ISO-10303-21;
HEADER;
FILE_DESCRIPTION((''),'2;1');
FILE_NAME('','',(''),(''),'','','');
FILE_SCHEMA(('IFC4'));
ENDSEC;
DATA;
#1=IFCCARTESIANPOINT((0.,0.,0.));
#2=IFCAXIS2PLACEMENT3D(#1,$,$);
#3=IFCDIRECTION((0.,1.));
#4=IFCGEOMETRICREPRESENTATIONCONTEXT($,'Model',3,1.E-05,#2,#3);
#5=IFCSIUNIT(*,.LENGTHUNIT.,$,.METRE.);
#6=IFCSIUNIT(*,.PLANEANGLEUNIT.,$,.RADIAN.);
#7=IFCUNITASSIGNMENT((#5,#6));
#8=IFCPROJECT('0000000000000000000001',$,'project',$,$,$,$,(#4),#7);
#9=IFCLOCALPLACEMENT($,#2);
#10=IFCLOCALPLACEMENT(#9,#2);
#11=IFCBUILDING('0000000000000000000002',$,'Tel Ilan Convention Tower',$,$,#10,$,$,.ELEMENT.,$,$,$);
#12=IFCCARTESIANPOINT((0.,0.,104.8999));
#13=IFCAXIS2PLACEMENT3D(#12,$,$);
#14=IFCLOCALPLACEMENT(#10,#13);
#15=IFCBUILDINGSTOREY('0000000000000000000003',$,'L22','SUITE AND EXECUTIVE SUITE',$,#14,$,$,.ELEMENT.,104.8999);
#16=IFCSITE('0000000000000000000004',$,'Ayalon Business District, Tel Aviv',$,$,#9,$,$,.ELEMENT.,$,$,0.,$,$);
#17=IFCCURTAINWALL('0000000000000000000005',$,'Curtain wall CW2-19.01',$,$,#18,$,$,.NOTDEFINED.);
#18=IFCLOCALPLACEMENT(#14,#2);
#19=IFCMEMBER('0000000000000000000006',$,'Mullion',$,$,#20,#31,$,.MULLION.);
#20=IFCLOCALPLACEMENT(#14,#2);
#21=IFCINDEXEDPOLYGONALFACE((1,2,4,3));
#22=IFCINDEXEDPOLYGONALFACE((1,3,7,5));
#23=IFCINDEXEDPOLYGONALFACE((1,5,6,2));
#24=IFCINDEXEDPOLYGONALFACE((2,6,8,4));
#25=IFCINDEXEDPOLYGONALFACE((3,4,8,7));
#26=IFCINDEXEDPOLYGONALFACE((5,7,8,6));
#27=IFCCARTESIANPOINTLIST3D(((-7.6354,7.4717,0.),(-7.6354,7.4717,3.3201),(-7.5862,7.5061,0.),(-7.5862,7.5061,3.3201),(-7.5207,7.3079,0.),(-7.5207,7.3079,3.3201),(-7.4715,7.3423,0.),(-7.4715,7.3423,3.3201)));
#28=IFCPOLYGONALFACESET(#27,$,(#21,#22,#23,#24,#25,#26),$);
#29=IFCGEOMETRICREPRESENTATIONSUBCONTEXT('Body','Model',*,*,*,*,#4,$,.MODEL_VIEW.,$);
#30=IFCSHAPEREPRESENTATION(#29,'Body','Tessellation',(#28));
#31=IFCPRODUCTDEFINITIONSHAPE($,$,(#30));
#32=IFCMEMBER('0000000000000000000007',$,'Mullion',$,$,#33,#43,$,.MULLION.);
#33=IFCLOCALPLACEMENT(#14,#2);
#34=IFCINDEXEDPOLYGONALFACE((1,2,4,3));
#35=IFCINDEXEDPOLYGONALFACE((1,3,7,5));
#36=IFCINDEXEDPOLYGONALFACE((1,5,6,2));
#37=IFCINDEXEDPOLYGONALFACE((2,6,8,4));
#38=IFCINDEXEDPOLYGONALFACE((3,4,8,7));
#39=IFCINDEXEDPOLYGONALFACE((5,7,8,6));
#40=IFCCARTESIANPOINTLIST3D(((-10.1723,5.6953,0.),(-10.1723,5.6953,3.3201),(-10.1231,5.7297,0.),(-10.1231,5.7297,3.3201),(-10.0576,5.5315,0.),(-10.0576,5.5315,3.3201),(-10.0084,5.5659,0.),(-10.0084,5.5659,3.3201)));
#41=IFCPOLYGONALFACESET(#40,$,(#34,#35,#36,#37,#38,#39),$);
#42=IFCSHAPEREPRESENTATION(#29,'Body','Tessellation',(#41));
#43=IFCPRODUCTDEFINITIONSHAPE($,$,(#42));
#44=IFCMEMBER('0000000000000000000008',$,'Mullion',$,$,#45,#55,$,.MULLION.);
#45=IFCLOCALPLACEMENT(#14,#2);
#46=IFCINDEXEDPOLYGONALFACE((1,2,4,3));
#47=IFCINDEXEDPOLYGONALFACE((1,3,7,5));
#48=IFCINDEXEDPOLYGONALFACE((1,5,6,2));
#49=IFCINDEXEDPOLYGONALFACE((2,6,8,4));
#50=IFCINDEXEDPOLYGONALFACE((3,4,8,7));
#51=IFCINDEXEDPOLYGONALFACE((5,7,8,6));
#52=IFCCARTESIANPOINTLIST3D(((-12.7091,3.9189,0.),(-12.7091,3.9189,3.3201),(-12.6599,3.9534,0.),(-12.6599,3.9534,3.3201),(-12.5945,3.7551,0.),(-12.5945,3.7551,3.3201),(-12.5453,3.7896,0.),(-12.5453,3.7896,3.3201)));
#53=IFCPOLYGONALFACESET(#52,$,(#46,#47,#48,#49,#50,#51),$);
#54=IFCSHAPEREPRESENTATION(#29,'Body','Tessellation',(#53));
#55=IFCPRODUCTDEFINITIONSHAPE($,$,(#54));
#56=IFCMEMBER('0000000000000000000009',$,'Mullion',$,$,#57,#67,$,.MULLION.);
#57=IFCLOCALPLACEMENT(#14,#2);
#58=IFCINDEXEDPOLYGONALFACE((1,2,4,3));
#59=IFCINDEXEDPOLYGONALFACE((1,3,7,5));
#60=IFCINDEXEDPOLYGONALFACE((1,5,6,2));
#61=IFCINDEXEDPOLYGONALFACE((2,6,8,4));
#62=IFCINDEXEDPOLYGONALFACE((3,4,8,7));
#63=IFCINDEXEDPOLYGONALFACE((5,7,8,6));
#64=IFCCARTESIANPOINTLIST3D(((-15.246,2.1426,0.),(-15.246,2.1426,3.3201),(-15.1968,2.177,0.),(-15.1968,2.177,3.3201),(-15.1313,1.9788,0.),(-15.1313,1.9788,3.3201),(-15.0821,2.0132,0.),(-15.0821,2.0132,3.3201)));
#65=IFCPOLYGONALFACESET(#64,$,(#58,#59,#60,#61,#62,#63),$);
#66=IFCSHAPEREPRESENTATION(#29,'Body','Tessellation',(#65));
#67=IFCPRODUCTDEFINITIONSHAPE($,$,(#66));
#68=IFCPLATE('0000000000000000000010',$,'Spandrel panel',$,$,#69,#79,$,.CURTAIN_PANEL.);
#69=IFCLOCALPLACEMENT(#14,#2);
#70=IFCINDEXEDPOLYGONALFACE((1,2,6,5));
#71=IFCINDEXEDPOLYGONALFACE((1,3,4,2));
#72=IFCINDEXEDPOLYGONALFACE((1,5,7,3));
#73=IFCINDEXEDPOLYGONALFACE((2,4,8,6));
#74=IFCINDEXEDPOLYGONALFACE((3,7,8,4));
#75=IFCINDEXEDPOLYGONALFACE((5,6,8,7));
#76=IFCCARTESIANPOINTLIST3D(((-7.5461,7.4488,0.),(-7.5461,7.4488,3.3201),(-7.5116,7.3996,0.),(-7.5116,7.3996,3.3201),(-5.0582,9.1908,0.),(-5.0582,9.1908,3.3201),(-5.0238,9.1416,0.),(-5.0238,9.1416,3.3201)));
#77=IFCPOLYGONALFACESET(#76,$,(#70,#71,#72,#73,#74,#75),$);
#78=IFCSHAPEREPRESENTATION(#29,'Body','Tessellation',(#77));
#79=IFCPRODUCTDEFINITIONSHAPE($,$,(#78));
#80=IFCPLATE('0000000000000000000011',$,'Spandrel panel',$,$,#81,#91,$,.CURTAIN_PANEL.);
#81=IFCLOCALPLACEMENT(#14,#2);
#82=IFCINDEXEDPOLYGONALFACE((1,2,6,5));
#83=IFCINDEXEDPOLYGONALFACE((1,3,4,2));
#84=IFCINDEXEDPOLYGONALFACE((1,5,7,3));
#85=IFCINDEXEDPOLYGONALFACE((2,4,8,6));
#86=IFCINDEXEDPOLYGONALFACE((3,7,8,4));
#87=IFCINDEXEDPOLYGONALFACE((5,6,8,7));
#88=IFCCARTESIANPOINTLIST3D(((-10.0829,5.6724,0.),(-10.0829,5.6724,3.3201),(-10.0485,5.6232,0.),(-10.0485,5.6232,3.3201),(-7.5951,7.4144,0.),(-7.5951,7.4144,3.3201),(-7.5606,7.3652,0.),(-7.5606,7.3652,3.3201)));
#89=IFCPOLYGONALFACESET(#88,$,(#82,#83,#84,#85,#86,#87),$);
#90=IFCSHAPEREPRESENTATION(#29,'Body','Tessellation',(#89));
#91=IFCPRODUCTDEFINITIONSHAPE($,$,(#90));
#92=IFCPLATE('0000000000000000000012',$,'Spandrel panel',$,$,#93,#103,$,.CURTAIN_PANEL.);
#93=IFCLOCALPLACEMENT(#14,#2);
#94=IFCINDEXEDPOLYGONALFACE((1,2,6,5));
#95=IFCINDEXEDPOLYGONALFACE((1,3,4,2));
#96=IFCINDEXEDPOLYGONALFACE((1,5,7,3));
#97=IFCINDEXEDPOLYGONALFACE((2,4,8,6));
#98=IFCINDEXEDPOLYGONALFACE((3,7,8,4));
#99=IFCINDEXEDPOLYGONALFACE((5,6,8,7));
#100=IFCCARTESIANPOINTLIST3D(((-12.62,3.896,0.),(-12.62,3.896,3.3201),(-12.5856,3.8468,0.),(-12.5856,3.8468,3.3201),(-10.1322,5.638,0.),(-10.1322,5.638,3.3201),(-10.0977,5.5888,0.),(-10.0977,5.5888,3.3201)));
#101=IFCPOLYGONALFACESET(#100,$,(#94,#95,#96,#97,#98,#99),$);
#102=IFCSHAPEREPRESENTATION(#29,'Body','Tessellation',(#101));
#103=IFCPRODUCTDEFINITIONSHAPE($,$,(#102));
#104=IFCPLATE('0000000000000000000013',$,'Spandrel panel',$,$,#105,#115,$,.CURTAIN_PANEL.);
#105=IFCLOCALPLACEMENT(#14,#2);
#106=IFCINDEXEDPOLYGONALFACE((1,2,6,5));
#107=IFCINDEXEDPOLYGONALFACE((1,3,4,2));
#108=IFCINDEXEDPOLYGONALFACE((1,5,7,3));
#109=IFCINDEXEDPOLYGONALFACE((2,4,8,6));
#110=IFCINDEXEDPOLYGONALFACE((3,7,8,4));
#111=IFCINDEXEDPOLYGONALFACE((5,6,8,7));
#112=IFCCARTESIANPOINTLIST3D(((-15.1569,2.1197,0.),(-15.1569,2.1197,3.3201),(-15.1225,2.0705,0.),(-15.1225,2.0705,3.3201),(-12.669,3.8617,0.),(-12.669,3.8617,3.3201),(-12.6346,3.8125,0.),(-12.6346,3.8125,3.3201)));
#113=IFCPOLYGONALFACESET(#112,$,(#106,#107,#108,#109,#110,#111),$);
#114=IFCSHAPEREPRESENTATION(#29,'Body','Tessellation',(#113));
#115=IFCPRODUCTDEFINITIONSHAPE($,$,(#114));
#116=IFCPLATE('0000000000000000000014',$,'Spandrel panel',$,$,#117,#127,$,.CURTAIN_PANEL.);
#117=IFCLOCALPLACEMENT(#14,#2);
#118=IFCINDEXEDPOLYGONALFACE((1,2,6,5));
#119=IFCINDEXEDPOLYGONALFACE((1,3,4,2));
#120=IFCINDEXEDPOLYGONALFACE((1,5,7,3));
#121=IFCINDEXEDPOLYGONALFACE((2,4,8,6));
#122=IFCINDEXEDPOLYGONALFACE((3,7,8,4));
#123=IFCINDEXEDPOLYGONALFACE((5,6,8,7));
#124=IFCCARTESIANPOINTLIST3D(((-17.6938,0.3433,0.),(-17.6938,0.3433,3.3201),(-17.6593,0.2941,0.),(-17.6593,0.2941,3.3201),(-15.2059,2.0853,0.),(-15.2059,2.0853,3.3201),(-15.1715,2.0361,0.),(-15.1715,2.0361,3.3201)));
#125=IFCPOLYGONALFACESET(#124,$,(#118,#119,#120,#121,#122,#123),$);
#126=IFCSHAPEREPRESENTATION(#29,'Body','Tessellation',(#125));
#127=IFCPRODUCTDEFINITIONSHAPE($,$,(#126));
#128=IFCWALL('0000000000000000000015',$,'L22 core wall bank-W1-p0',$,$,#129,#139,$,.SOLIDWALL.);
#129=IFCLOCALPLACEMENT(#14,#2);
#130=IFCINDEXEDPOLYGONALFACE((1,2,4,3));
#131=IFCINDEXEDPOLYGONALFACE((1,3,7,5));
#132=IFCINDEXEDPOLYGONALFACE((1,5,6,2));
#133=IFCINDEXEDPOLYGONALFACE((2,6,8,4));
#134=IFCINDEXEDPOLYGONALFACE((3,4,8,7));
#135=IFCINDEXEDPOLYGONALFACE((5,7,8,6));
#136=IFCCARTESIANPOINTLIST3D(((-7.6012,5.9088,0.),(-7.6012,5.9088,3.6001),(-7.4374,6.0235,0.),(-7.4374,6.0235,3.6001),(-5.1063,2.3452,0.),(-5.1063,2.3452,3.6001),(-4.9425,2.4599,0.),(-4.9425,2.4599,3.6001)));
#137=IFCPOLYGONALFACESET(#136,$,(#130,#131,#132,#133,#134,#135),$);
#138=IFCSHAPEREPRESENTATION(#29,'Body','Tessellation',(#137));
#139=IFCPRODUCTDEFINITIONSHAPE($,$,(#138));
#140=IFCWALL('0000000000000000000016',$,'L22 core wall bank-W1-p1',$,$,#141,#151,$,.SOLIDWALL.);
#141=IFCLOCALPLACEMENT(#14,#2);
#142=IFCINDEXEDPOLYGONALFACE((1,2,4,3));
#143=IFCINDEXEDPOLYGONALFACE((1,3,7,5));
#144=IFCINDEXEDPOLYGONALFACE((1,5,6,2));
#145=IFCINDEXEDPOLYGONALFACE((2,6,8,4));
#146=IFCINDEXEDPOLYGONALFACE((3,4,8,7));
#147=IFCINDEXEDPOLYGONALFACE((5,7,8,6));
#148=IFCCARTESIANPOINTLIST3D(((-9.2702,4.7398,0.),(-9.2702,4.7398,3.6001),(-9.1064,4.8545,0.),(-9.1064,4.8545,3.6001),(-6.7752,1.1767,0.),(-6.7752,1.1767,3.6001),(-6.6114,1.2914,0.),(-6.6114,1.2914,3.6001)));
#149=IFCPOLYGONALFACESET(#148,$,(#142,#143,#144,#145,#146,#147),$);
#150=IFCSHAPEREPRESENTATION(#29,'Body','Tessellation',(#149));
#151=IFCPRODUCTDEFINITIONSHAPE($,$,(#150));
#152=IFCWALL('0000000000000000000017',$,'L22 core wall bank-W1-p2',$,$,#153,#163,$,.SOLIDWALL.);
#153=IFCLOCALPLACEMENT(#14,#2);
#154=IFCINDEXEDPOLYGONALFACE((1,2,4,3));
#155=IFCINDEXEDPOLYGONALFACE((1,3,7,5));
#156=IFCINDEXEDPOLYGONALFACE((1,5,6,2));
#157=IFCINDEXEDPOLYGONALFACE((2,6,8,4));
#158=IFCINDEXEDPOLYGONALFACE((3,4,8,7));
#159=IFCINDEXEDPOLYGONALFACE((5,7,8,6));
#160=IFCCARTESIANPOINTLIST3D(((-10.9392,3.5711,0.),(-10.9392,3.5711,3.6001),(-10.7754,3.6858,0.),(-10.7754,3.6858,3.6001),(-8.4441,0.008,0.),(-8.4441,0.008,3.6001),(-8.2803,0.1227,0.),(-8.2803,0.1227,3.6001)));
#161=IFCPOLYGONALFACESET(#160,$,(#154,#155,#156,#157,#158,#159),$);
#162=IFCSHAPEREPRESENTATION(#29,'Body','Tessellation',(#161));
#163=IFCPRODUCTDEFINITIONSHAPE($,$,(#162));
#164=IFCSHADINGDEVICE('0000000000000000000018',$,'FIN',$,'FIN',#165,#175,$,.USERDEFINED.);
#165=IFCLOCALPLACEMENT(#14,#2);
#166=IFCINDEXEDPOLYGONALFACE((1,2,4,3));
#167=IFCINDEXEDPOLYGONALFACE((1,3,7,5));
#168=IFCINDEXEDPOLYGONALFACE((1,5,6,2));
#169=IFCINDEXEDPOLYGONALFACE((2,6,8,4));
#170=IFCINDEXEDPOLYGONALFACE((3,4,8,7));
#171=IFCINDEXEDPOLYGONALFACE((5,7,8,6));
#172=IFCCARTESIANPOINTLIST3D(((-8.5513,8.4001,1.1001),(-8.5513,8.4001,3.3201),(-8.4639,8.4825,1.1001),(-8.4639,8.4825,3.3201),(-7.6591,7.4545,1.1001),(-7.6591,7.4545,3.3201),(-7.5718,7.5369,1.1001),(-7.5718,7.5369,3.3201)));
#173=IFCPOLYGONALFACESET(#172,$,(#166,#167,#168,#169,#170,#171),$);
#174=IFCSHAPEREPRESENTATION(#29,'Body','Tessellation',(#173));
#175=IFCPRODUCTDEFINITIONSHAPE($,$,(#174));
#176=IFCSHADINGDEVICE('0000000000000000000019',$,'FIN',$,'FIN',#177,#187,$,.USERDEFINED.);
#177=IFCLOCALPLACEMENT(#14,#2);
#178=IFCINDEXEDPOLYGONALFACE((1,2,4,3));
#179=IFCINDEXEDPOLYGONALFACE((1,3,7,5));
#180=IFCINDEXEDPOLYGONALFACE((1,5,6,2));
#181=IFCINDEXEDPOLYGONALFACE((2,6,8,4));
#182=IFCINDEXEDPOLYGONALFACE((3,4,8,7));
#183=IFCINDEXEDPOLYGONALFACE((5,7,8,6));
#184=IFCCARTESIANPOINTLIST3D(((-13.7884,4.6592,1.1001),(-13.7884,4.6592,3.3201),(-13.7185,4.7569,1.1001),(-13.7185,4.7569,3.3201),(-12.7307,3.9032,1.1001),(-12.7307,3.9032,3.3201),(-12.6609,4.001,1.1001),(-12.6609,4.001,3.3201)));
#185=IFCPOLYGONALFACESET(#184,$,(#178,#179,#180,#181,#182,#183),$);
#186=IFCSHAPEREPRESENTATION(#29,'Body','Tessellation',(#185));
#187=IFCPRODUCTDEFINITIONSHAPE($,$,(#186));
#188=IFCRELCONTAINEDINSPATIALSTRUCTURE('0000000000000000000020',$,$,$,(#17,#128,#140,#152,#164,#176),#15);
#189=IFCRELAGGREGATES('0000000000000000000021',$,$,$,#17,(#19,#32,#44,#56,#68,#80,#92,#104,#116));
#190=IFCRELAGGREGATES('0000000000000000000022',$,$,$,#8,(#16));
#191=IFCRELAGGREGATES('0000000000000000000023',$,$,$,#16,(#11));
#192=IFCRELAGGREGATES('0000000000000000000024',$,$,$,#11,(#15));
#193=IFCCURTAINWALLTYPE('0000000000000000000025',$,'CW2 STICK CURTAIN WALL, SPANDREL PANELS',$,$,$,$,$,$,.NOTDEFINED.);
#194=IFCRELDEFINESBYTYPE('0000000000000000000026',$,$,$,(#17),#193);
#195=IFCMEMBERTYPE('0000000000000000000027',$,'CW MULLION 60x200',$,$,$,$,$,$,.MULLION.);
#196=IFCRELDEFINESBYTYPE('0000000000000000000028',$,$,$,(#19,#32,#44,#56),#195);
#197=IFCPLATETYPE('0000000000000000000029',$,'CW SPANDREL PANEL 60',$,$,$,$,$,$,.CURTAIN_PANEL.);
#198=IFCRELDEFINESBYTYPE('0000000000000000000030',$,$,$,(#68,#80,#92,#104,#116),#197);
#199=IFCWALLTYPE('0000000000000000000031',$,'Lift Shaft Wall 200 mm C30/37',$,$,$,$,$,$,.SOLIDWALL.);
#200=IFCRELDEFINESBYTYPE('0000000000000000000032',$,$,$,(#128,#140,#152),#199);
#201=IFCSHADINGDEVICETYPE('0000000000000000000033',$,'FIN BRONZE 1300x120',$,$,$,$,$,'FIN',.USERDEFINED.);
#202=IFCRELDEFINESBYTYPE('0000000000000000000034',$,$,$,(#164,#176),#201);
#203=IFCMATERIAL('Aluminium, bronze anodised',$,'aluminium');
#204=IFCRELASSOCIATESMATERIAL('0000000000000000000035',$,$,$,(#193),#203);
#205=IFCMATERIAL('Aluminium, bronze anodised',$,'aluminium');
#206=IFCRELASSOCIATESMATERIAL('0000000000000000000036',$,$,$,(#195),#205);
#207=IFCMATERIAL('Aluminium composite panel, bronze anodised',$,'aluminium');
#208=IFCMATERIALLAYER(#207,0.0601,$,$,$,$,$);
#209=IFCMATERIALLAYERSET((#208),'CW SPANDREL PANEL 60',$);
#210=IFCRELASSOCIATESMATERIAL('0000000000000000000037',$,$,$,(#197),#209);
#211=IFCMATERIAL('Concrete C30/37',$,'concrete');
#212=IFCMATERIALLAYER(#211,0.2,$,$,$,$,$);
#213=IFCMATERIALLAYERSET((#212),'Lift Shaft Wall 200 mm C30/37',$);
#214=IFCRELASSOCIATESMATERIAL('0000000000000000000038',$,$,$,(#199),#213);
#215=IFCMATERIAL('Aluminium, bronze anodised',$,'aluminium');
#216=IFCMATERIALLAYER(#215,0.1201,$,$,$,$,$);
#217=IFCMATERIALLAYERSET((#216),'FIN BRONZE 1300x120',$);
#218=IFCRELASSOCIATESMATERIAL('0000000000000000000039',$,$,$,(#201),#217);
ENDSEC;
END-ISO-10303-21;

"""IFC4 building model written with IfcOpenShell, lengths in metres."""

from ifc_helpers import new_model, si_unit, direction, frame, frame_2d, origin, origin_2d, place, context, subcontext, project, spatial, rectangle, extrude, material, layer, layer_set, material_profile, profile_set, type_object, element, aggregate, save


model = new_model("IFC4")

# Units and contexts
model_context = context("Model", 3, precision=1e-05, world=origin(), true_north=direction((0.0, 1.0)))
body_context = subcontext(model_context, "Body", "Model", "MODEL_VIEW")
ifc_project = project(units=[si_unit("LENGTHUNIT", "METRE"), si_unit("PLANEANGLEUNIT", "RADIAN")], contexts=[model_context])

# Site, building, storey
site_placement = place(None, origin())
site = spatial("IfcSite", under=ifc_project, at=site_placement, Name="Ayalon Business District, Tel Aviv", CompositionType="ELEMENT", RefElevation=0.0)
building_placement = place(site_placement, origin())
building = spatial("IfcBuilding", under=site, at=building_placement, Name="Tel Ilan Convention Tower", CompositionType="ELEMENT")
storey_placement = place(building_placement, frame((0.0, 0.0, 104.8999)))
storey = spatial("IfcBuildingStorey", under=building, at=storey_placement, Name="L22", Description="SUITE AND EXECUTIVE SUITE", CompositionType="ELEMENT", Elevation=104.8999)

# Curtain wall, members, plates
ifc_material_1 = material(Name="Aluminium, bronze anodised", Category="aluminium")
curtain_wall_type = type_object("IfcCurtainWallType", Name="CW2 STICK CURTAIN WALL, SPANDREL PANELS", PredefinedType="NOTDEFINED", material=ifc_material_1)
curtain_wall_placement = place(storey_placement, origin())
curtain_wall = element("IfcCurtainWall", 1, at=curtain_wall_placement, inside=storey, type_object=curtain_wall_type, Name="Curtain wall CW2-19.01", PredefinedType="NOTDEFINED")
ifc_material_2 = material(Name="Aluminium, bronze anodised", Category="aluminium")
ifc_material_profile = material_profile(ifc_material_2, rectangle(XDim=0.0601, YDim=0.2, at=origin_2d()), Name="CW MULLION 60x200")
ifc_profile_set = profile_set([ifc_material_profile], Name="Aluminium, bronze anodised")
member_type = type_object("IfcMemberType", Name="CW MULLION 60x200", PredefinedType="MULLION", material=ifc_profile_set)
member_1_placement = place(storey_placement, frame((-7.5535, 7.407, 0.0), z_axis=(0.0, 0.0, 1.0), x_axis=(-0.819152, -0.573576, 0.0)))
member_1 = element("IfcMember", 2, at=member_1_placement, type_object=member_type, Name="Mullion", PredefinedType="MULLION", context=body_context, shape_type="SweptSolid", body=[
    extrude(rectangle(XDim=0.0601, YDim=0.2, at=origin_2d()), origin(), (0.0, 0.0, 1.0), 3.3201),
])
member_2_placement = place(storey_placement, frame((-10.0903, 5.6306, 0.0), z_axis=(0.0, 0.0, 1.0), x_axis=(-0.819152, -0.573576, 0.0)))
member_2 = element("IfcMember", 3, at=member_2_placement, type_object=member_type, Name="Mullion", PredefinedType="MULLION", context=body_context, shape_type="SweptSolid", body=[
    extrude(rectangle(XDim=0.0601, YDim=0.2, at=origin_2d()), origin(), (0.0, 0.0, 1.0), 3.3201),
])
member_3_placement = place(storey_placement, frame((-12.6272, 3.8542, 0.0), z_axis=(0.0, 0.0, 1.0), x_axis=(-0.819152, -0.573576, 0.0)))
member_3 = element("IfcMember", 4, at=member_3_placement, type_object=member_type, Name="Mullion", PredefinedType="MULLION", context=body_context, shape_type="SweptSolid", body=[
    extrude(rectangle(XDim=0.0601, YDim=0.2, at=origin_2d()), origin(), (0.0, 0.0, 1.0), 3.3201),
])
member_4_placement = place(storey_placement, frame((-15.1641, 2.0779, 0.0), z_axis=(0.0, 0.0, 1.0), x_axis=(-0.819152, -0.573576, 0.0)))
member_4 = element("IfcMember", 5, at=member_4_placement, type_object=member_type, Name="Mullion", PredefinedType="MULLION", context=body_context, shape_type="SweptSolid", body=[
    extrude(rectangle(XDim=0.0601, YDim=0.2, at=origin_2d()), origin(), (0.0, 0.0, 1.0), 3.3201),
])
ifc_material_3 = material(Name="Aluminium composite panel, bronze anodised", Category="aluminium")
ifc_layer_1 = layer(ifc_material_3, 0.0601)
ifc_layer_set_1 = layer_set([ifc_layer_1], Name="CW SPANDREL PANEL 60")
plate_type = type_object("IfcPlateType", Name="CW SPANDREL PANEL 60", PredefinedType="CURTAIN_PANEL", material=ifc_layer_set_1)
plate_1_placement = place(storey_placement, frame((-6.2849, 8.2952, 0.0), z_axis=(0.0, 0.0, 1.0), x_axis=(-0.819152, -0.573576, 0.0)))
plate_1 = element("IfcPlate", 6, at=plate_1_placement, type_object=plate_type, Name="Spandrel panel", PredefinedType="CURTAIN_PANEL", context=body_context, shape_type="SweptSolid", body=[
    extrude(rectangle(XDim=3.0371, YDim=0.0601, at=origin_2d()), origin(), (0.0, 0.0, 1.0), 3.3201),
])
plate_2_placement = place(storey_placement, frame((-8.8218, 6.5188, 0.0), z_axis=(0.0, 0.0, 1.0), x_axis=(-0.819152, -0.573576, 0.0)))
plate_2 = element("IfcPlate", 7, at=plate_2_placement, type_object=plate_type, Name="Spandrel panel", PredefinedType="CURTAIN_PANEL", context=body_context, shape_type="SweptSolid", body=[
    extrude(rectangle(XDim=3.0371, YDim=0.0601, at=origin_2d()), origin(), (0.0, 0.0, 1.0), 3.3201),
])
plate_3_placement = place(storey_placement, frame((-11.3589, 4.7424, 0.0), z_axis=(0.0, 0.0, 1.0), x_axis=(-0.819152, -0.573576, 0.0)))
plate_3 = element("IfcPlate", 8, at=plate_3_placement, type_object=plate_type, Name="Spandrel panel", PredefinedType="CURTAIN_PANEL", context=body_context, shape_type="SweptSolid", body=[
    extrude(rectangle(XDim=3.0371, YDim=0.0601, at=origin_2d()), origin(), (0.0, 0.0, 1.0), 3.3201),
])
plate_4_placement = place(storey_placement, frame((-13.8958, 2.9661, 0.0), z_axis=(0.0, 0.0, 1.0), x_axis=(-0.819152, -0.573576, 0.0)))
plate_4 = element("IfcPlate", 9, at=plate_4_placement, type_object=plate_type, Name="Spandrel panel", PredefinedType="CURTAIN_PANEL", context=body_context, shape_type="SweptSolid", body=[
    extrude(rectangle(XDim=3.0371, YDim=0.0601, at=origin_2d()), origin(), (0.0, 0.0, 1.0), 3.3201),
])
plate_5_placement = place(storey_placement, frame((-16.4326, 1.1897, 0.0), z_axis=(0.0, 0.0, 1.0), x_axis=(-0.819152, -0.573576, 0.0)))
plate_5 = element("IfcPlate", 10, at=plate_5_placement, type_object=plate_type, Name="Spandrel panel", PredefinedType="CURTAIN_PANEL", context=body_context, shape_type="SweptSolid", body=[
    extrude(rectangle(XDim=3.0371, YDim=0.0601, at=origin_2d()), origin(), (0.0, 0.0, 1.0), 3.3201),
])
aggregate(curtain_wall, [member_1, member_2, member_3, member_4, plate_1, plate_2, plate_3, plate_4, plate_5])

# Walls
ifc_material_4 = material(Name="Concrete C30/37", Category="concrete")
ifc_layer_2 = layer(ifc_material_4, 0.2)
ifc_layer_set_2 = layer_set([ifc_layer_2], Name="Lift Shaft Wall 200 mm C30/37")
wall_type = type_object("IfcWallType", Name="Lift Shaft Wall 200 mm C30/37", PredefinedType="SOLIDWALL", material=ifc_layer_set_2)
wall_placement = place(storey_placement, frame((-5.0244, 2.4026, 0.0), z_axis=(0.0, 0.0, 1.0), x_axis=(-0.57353, 0.819184, 0.0)))
element("IfcWall", 11, at=wall_placement, inside=storey, type_object=wall_type, Name="L22 core wall bank-W1-p0", PredefinedType="SOLIDWALL", context=body_context, shape_type="SweptSolid", body=[
    extrude(rectangle(XDim=4.3501, YDim=0.2, at=frame_2d((2.175, 0.0))), origin(), (0.0, 0.0, 1.0), 3.6001),
])
for number, where, z_axis, x_axis, name in (
    (12, (-6.6934, 1.2341, 0.0), (0.0, 0.0, 1.0), (-0.573594, 0.81914, 0.0), "L22 core wall bank-W1-p1"),
    (13, (-8.3623, 0.0654, 0.0), (0.0, 0.0, 1.0), (-0.573594, 0.81914, 0.0), "L22 core wall bank-W1-p2"),
):
    element("IfcWall", number, at=place(storey_placement, frame(where, z_axis=z_axis, x_axis=x_axis)), inside=storey, type_object=wall_type, Name=name, PredefinedType="SOLIDWALL", context=body_context, shape_type="SweptSolid", body=[
        extrude(rectangle(XDim=4.3499, YDim=0.2, at=frame_2d((2.1748, 0.0))), origin(), (0.0, 0.0, 1.0), 3.6001),
    ])

# Shading devices
ifc_material_5 = material(Name="Aluminium, bronze anodised", Category="aluminium")
ifc_layer_3 = layer(ifc_material_5, 0.1201)
ifc_layer_set_3 = layer_set([ifc_layer_3], Name="FIN BRONZE 1300x120")
shading_device_type = type_object("IfcShadingDeviceType", Name="FIN BRONZE 1300x120", ElementType="FIN", PredefinedType="USERDEFINED", material=ifc_layer_set_3)
for number, where, z_axis, x_axis, name in (
    (14, (-8.0615, 7.9685, 1.1001), (0.0, 0.0, 1.0), (-0.686242, 0.727374, 0.0), "FIN"),
    (15, (-13.2246, 4.3301, 1.1001), (0.0, 0.0, 1.0), (-0.813552, 0.581492, 0.0), "FIN"),
):
    element("IfcShadingDevice", number, at=place(storey_placement, frame(where, z_axis=z_axis, x_axis=x_axis)), inside=storey, type_object=shading_device_type, Name=name, ObjectType="FIN", PredefinedType="USERDEFINED", context=body_context, shape_type="SweptSolid", body=[
        extrude(rectangle(XDim=1.3, YDim=0.1201, at=origin_2d()), origin(), (0.0, 0.0, 1.0), 2.22),
    ])

save(model, "model.ifc")
